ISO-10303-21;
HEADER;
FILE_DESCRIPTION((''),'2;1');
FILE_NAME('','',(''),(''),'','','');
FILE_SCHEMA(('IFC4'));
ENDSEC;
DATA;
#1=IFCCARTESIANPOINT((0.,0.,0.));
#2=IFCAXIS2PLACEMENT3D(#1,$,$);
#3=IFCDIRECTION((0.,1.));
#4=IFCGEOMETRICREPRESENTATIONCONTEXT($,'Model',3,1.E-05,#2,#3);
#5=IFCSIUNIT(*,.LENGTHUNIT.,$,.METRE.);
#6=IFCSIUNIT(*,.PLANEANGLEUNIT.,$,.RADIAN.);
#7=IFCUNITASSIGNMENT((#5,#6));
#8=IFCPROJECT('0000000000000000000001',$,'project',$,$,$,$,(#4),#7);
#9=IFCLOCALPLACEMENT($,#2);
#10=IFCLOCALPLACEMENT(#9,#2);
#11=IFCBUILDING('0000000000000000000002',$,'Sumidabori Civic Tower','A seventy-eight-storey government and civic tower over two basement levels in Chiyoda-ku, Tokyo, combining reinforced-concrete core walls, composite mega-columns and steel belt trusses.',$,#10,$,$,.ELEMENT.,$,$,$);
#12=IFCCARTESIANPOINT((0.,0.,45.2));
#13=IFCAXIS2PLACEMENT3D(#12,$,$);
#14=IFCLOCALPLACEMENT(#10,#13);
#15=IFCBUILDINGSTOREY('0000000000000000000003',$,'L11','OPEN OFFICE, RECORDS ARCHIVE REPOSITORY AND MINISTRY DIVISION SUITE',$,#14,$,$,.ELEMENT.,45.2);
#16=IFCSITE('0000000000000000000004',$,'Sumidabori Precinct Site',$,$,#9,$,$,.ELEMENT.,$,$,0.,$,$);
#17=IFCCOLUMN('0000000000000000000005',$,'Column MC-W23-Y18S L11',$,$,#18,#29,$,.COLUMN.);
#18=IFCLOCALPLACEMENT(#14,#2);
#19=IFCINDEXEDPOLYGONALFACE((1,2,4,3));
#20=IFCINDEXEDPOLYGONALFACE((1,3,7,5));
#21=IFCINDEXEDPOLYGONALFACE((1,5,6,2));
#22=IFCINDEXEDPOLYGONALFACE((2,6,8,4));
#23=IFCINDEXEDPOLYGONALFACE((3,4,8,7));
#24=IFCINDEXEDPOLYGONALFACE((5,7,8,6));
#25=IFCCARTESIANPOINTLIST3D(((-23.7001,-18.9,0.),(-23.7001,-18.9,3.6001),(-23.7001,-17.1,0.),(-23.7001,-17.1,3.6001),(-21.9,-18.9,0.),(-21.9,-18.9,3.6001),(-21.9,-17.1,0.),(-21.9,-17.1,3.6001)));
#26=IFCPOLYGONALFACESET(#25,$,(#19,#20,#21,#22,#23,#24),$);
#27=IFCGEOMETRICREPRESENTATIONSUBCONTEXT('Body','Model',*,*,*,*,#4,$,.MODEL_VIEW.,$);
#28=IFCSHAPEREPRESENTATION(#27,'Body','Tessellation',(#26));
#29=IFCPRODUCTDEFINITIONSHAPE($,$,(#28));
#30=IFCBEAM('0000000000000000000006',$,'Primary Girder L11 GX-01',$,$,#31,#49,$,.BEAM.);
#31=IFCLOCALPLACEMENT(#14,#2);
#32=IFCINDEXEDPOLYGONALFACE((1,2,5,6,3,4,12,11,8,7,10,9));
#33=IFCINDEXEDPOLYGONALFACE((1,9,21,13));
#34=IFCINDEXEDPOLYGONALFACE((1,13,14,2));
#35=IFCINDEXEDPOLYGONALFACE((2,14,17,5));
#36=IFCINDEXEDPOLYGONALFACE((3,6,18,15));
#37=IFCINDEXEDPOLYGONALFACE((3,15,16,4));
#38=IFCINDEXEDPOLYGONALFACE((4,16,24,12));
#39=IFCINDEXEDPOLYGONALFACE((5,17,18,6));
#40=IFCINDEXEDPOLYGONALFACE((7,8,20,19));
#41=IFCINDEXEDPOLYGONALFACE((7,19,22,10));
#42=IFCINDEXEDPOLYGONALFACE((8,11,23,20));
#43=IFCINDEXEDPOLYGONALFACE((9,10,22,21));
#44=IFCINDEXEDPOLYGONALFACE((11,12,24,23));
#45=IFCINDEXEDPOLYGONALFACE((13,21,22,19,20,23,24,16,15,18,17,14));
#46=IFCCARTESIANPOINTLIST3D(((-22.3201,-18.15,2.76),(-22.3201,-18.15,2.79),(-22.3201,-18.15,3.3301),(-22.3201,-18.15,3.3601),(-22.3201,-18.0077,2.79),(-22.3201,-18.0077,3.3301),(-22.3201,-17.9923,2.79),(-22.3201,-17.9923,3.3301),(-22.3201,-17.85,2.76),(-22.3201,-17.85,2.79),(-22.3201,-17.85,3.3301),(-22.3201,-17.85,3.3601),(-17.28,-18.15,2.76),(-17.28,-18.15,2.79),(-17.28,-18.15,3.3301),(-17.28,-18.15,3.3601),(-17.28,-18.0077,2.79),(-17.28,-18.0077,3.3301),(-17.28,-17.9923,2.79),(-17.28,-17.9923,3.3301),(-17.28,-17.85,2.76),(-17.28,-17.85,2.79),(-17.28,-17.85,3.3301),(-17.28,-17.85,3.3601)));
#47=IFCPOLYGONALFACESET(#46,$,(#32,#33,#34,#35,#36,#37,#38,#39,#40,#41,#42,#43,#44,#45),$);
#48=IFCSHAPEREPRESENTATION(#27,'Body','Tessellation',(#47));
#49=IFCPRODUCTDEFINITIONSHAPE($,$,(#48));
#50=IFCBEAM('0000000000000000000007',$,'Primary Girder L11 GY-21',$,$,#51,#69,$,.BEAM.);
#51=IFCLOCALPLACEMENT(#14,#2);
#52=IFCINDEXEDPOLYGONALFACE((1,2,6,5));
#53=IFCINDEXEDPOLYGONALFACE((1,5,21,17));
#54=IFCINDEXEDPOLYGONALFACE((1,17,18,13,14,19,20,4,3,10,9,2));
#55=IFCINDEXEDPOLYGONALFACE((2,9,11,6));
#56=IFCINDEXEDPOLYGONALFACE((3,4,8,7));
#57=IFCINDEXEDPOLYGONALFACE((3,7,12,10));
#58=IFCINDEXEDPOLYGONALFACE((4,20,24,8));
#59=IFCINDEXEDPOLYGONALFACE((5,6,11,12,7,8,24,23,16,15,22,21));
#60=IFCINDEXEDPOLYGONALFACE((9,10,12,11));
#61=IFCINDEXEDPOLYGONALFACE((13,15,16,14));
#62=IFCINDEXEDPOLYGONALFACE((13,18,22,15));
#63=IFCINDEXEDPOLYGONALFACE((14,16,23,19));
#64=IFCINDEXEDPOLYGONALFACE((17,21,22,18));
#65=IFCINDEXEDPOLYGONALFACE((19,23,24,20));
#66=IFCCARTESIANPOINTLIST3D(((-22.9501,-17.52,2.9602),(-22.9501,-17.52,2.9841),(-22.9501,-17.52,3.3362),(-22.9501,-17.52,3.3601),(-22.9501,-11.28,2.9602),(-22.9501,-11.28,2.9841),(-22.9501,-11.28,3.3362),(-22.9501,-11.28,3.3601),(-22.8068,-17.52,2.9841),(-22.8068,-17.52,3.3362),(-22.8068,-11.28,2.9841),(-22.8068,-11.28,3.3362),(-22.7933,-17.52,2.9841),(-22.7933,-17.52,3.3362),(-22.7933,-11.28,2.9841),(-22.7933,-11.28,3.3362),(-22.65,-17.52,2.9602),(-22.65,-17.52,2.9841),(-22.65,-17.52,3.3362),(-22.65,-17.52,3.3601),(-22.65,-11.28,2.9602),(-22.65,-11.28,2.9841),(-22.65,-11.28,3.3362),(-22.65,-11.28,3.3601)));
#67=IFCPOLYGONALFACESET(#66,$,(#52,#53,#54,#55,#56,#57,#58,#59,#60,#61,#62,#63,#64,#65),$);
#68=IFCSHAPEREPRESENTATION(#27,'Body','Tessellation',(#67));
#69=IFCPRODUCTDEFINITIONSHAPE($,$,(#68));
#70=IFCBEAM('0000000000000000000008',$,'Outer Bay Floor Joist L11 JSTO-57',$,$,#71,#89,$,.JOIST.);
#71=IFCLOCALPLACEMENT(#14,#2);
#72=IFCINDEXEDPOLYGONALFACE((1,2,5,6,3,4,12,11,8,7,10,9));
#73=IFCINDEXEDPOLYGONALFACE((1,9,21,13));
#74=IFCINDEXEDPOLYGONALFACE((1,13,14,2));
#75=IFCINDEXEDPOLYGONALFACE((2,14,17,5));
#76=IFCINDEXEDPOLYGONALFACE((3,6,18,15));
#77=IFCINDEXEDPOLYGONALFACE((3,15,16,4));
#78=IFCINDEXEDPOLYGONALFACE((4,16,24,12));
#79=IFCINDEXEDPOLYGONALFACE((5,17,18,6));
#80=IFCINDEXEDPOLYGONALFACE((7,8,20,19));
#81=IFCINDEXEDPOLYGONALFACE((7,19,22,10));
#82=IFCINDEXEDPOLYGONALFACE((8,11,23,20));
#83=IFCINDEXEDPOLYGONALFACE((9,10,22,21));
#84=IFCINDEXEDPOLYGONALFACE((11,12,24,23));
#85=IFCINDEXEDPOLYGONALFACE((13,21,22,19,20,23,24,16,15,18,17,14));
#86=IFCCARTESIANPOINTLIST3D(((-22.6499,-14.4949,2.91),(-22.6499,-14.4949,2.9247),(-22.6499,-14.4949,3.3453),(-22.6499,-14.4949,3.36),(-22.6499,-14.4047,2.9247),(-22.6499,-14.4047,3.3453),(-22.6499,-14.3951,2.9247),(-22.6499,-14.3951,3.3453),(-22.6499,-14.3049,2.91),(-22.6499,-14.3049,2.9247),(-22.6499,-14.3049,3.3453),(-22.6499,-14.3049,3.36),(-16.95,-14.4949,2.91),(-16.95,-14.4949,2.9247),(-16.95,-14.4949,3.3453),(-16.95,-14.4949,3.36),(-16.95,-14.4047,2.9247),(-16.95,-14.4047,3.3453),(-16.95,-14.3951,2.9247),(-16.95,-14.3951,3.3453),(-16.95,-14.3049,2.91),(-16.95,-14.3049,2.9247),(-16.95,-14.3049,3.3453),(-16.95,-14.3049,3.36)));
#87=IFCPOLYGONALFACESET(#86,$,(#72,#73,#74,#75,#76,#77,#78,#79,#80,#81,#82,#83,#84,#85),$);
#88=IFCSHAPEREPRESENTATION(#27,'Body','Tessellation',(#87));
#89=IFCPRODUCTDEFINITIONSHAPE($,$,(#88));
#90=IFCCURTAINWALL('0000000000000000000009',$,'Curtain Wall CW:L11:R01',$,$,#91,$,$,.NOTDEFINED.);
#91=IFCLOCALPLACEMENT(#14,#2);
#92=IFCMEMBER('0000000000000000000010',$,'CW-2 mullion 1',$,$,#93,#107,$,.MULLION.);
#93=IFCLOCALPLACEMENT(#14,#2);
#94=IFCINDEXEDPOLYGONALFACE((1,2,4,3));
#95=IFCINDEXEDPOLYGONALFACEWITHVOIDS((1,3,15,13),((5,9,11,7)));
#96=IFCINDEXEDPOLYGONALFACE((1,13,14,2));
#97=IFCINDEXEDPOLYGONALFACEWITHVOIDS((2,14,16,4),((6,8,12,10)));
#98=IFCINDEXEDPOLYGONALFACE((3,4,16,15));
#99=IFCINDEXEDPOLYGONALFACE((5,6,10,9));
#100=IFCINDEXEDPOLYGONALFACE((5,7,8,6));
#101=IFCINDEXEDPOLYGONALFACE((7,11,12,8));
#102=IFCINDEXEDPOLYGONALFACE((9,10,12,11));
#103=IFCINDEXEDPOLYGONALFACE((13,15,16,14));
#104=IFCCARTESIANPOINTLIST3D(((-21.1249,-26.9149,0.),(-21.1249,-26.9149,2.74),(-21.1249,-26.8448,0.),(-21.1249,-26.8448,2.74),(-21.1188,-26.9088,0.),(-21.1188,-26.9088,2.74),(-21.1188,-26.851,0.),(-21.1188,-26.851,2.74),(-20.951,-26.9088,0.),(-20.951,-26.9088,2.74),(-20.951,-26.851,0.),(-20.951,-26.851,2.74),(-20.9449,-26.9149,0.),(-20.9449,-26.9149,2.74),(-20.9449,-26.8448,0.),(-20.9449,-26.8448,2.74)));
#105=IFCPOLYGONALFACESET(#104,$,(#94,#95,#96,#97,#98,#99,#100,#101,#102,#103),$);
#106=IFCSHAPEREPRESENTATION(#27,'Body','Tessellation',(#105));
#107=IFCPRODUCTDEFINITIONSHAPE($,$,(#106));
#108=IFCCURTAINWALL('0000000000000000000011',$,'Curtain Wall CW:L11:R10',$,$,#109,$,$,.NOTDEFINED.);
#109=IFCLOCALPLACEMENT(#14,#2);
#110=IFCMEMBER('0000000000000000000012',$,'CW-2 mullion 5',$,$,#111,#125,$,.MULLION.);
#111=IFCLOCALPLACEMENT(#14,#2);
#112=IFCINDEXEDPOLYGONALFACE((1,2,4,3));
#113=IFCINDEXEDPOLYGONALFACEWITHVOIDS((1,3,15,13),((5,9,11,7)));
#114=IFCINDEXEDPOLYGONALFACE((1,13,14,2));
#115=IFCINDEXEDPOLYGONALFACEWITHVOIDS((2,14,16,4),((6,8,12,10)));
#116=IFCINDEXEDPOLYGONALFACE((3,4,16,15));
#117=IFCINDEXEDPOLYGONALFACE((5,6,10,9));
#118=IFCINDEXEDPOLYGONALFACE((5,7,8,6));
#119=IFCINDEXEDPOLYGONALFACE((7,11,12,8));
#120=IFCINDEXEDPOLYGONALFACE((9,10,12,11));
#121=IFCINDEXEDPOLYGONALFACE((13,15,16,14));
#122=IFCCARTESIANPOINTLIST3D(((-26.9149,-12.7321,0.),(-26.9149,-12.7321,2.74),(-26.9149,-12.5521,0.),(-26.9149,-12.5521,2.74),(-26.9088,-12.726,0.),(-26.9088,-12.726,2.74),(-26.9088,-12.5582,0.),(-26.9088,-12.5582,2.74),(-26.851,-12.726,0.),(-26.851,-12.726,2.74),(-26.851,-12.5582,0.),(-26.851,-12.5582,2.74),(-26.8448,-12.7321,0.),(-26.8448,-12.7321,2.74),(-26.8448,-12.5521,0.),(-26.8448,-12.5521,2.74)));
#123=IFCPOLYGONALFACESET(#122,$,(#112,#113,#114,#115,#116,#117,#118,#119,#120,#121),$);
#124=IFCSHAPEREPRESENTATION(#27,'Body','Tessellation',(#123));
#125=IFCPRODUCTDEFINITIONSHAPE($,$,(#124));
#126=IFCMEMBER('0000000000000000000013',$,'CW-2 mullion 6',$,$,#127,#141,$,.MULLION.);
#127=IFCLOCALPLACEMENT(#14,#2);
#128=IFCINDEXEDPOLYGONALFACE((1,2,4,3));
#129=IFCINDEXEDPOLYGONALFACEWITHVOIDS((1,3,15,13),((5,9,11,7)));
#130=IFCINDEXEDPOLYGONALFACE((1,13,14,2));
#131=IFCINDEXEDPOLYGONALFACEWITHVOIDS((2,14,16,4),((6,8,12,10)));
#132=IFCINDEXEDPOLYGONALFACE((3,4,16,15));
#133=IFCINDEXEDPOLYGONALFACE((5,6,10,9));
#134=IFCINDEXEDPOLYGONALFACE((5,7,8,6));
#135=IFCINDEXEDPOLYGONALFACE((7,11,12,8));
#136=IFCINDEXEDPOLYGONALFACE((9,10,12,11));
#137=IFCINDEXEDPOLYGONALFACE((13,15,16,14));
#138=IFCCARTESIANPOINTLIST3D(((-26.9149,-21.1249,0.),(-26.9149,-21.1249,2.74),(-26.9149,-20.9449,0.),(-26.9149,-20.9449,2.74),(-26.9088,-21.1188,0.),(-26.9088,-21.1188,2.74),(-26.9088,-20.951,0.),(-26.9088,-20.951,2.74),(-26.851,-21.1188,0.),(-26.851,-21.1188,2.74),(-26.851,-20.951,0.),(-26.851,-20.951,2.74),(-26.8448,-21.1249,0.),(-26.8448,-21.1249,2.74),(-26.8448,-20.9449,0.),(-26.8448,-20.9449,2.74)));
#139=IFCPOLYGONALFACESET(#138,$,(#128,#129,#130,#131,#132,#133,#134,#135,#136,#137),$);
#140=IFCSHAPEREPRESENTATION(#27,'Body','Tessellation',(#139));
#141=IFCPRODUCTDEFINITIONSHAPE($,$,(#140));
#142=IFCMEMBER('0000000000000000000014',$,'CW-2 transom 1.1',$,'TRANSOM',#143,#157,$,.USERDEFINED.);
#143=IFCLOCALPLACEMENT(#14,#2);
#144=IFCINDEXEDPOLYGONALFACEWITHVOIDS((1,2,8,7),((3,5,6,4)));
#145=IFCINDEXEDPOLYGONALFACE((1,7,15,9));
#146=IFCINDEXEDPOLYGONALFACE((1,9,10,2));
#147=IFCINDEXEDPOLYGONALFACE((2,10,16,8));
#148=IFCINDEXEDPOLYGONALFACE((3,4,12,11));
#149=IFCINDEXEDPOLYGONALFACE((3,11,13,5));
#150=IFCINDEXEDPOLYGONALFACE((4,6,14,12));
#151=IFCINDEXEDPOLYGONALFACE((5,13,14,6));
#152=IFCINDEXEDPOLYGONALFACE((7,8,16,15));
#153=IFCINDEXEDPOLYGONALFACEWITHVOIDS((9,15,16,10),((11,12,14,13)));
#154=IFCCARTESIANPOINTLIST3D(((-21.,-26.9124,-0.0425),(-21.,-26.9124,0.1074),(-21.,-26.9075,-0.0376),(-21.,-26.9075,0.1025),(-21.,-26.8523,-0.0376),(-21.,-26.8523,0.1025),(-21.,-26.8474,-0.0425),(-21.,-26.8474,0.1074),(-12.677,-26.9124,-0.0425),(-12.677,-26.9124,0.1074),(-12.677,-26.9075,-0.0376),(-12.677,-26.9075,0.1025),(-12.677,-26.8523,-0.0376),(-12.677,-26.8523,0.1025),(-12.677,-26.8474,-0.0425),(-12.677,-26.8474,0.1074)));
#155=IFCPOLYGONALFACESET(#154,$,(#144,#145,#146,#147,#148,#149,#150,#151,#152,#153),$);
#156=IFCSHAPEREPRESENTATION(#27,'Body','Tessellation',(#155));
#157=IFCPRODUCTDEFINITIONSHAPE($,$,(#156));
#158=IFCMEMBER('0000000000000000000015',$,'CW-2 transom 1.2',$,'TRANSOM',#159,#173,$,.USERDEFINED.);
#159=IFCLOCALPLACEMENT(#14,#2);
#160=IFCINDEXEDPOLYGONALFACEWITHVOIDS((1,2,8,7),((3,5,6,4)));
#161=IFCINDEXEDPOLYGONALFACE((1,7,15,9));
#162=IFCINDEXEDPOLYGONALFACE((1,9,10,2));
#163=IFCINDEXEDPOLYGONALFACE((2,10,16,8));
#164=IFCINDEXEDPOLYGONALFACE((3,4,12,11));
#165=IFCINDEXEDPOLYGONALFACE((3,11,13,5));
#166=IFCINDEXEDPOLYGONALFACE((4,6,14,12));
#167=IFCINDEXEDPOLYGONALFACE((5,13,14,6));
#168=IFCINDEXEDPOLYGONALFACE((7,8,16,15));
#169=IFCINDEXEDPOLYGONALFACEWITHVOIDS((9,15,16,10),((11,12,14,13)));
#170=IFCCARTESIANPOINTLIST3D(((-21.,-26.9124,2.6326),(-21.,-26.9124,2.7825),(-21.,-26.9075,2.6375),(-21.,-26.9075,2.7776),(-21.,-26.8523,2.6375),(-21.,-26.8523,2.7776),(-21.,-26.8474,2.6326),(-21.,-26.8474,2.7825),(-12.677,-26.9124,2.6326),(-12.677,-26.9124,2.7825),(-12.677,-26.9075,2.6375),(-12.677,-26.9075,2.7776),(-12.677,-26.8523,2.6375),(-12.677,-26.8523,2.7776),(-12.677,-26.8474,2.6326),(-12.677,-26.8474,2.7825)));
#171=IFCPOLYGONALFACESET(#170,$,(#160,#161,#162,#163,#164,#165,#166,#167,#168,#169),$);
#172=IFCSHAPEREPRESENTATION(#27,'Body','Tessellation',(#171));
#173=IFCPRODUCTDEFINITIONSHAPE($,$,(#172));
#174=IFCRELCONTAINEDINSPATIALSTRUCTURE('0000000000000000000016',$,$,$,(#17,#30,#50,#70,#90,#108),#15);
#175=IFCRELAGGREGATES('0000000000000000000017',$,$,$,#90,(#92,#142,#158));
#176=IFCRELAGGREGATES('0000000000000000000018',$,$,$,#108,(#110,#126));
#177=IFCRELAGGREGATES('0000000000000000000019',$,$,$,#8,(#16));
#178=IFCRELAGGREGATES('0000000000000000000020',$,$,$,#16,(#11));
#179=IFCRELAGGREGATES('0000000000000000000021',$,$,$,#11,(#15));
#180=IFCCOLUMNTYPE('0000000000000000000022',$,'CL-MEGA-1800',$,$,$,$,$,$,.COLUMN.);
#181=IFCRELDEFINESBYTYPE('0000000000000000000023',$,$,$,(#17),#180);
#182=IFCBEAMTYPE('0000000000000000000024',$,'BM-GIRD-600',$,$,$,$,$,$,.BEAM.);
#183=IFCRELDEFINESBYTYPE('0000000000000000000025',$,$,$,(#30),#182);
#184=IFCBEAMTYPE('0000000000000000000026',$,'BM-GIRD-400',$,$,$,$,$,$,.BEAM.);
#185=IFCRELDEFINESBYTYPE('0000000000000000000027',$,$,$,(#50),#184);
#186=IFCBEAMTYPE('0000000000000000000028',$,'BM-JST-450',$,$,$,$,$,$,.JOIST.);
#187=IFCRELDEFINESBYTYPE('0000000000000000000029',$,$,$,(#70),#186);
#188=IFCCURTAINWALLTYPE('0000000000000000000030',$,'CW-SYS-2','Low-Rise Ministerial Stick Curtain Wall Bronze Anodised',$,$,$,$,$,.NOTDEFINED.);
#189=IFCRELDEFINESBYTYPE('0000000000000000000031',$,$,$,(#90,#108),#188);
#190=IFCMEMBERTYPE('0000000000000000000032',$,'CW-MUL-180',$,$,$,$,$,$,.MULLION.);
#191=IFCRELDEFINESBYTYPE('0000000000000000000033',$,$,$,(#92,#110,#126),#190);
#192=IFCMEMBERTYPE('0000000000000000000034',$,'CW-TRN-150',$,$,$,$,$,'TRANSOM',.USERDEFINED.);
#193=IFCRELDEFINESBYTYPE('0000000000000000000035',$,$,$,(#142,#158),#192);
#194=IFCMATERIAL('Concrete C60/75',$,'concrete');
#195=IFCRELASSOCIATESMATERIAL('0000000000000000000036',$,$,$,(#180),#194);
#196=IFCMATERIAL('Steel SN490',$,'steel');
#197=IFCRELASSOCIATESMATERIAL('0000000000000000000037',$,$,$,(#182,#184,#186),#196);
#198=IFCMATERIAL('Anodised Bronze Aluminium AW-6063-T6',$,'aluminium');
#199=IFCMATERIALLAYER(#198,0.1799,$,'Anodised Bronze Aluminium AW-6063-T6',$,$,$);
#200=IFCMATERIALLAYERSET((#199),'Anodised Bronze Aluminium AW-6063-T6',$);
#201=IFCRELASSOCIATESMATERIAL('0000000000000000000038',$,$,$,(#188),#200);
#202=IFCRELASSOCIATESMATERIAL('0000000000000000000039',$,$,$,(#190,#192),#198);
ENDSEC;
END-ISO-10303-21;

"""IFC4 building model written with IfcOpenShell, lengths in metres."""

from ifc_helpers import new_model, si_unit, direction, frame, origin, origin_2d, place, context, subcontext, project, spatial, rectangle, hollow_rectangle, i_section, extrude, source, transform, mapped, material, layer, layer_set, material_profile, profile_set, type_object, element, aggregate, save


model = new_model("IFC4")

# Units and contexts
model_context = context("Model", 3, precision=1e-05, world=origin(), true_north=direction((0.0, 1.0)))
body_context = subcontext(model_context, "Body", "Model", "MODEL_VIEW")
ifc_project = project(units=[si_unit("LENGTHUNIT", "METRE"), si_unit("PLANEANGLEUNIT", "RADIAN")], contexts=[model_context])

# Site, building, storey
site_placement = place(None, origin())
site = spatial("IfcSite", under=ifc_project, at=site_placement, Name="Sumidabori Precinct Site", CompositionType="ELEMENT", RefElevation=0.0)
building_placement = place(site_placement, origin())
building = spatial("IfcBuilding", under=site, at=building_placement, Name="Sumidabori Civic Tower", Description="A seventy-eight-storey government and civic tower over two basement levels in Chiyoda-ku, Tokyo, combining reinforced-concrete core walls, composite mega-columns and steel belt trusses.", CompositionType="ELEMENT")
storey_placement = place(building_placement, frame((0.0, 0.0, 45.2)))
storey = spatial("IfcBuildingStorey", under=building, at=storey_placement, Name="L11", Description="OPEN OFFICE, RECORDS ARCHIVE REPOSITORY AND MINISTRY DIVISION SUITE", CompositionType="ELEMENT", Elevation=45.2)

# Column
ifc_material_1 = material(Name="Concrete C60/75", Category="concrete")
ifc_material_profile_1 = material_profile(ifc_material_1, rectangle(XDim=1.8, YDim=1.8, at=origin_2d()), Name="RC 1800x1800")
ifc_profile_set_1 = profile_set([ifc_material_profile_1], Name="Concrete C60/75")
column_type = type_object("IfcColumnType", Name="CL-MEGA-1800", PredefinedType="COLUMN", material=ifc_profile_set_1)
shared_shape_1 = source(origin(), body_context, "Body", "SweptSolid", [
    extrude(rectangle(XDim=1.8, YDim=1.8, at=origin_2d()), origin(), (0.0, 0.0, 1.0), 3.6001),
])
column_placement = place(storey_placement, frame((-22.8, -18.0, 0.0), z_axis=(0.0, 0.0, 1.0), x_axis=(1.0, 0.0, 0.0)))
element("IfcColumn", 1, at=column_placement, inside=storey, type_object=column_type, Name="Column MC-W23-Y18S L11", PredefinedType="COLUMN", context=body_context, shape_type="MappedRepresentation", body=[
    mapped(shared_shape_1, transform((0.0, 0.0, 0.0), x_axis=(1.0, 0.0, 0.0), y_axis=(0.0, 1.0, 0.0), z_axis=(0.0, 0.0, 1.0), scale=1.0)),
])

# Beams
ifc_material_2 = material(Name="Steel SN490", Category="steel")
ifc_material_profile_2 = material_profile(ifc_material_2, i_section(OverallWidth=0.3, OverallDepth=0.6001, WebThickness=0.0154, FlangeThickness=0.03, at=origin_2d()), Name="HE 600 B")
ifc_profile_set_2 = profile_set([ifc_material_profile_2], Name="Steel SN490")
beam_type_1 = type_object("IfcBeamType", Name="BM-GIRD-600", PredefinedType="BEAM", material=ifc_profile_set_2)
shared_shape_2 = source(origin(), body_context, "Body", "SweptSolid", [
    extrude(i_section(OverallWidth=0.3, OverallDepth=0.6001, WebThickness=0.0154, FlangeThickness=0.03, at=origin_2d()), origin(), (0.0, 0.0, 1.0), 5.04),
])
beam_1_placement = place(storey_placement, frame((-22.3201, -18.0, 3.0601), z_axis=(1.0, 0.0, 0.0), x_axis=(0.0, 1.0, 0.0)))
element("IfcBeam", 2, at=beam_1_placement, inside=storey, type_object=beam_type_1, Name="Primary Girder L11 GX-01", PredefinedType="BEAM", context=body_context, shape_type="MappedRepresentation", body=[
    mapped(shared_shape_2, transform((0.0, 0.0, 0.0), x_axis=(1.0, 0.0, 0.0), y_axis=(0.0, 1.0, 0.0), z_axis=(0.0, 0.0, 1.0), scale=1.0)),
])
ifc_material_profile_3 = material_profile(ifc_material_2, i_section(OverallWidth=0.3, OverallDepth=0.3999, WebThickness=0.0134, FlangeThickness=0.0239, at=origin_2d()), Name="HE 400 B")
ifc_profile_set_3 = profile_set([ifc_material_profile_3], Name="Steel SN490")
beam_type_2 = type_object("IfcBeamType", Name="BM-GIRD-400", PredefinedType="BEAM", material=ifc_profile_set_3)
shared_shape_3 = source(origin(), body_context, "Body", "SweptSolid", [
    extrude(i_section(OverallWidth=0.3, OverallDepth=0.3999, WebThickness=0.0134, FlangeThickness=0.0239, at=origin_2d()), origin(), (0.0, 0.0, 1.0), 6.24),
])
beam_2_placement = place(storey_placement, frame((-22.8, -17.52, 3.1602), z_axis=(0.0, 1.0, 0.0), x_axis=(-1.0, 0.0, 0.0)))
element("IfcBeam", 3, at=beam_2_placement, inside=storey, type_object=beam_type_2, Name="Primary Girder L11 GY-21", PredefinedType="BEAM", context=body_context, shape_type="MappedRepresentation", body=[
    mapped(shared_shape_3, transform((0.0, 0.0, 0.0), x_axis=(1.0, 0.0, 0.0), y_axis=(0.0, 1.0, 0.0), z_axis=(0.0, 0.0, 1.0), scale=1.0)),
])
ifc_material_profile_4 = material_profile(ifc_material_2, i_section(OverallWidth=0.1899, OverallDepth=0.45, WebThickness=0.0095, FlangeThickness=0.0146, at=origin_2d()), Name="IPE 450")
ifc_profile_set_4 = profile_set([ifc_material_profile_4], Name="Steel SN490")
beam_type_3 = type_object("IfcBeamType", Name="BM-JST-450", PredefinedType="JOIST", material=ifc_profile_set_4)
shared_shape_4 = source(origin(), body_context, "Body", "SweptSolid", [
    extrude(i_section(OverallWidth=0.1899, OverallDepth=0.45, WebThickness=0.0095, FlangeThickness=0.0146, at=origin_2d()), origin(), (0.0, 0.0, 1.0), 5.7),
])
beam_3_placement = place(storey_placement, frame((-22.6499, -14.3999, 3.135), z_axis=(1.0, 0.0, 0.0), x_axis=(0.0, 1.0, 0.0)))
element("IfcBeam", 4, at=beam_3_placement, inside=storey, type_object=beam_type_3, Name="Outer Bay Floor Joist L11 JSTO-57", PredefinedType="JOIST", context=body_context, shape_type="MappedRepresentation", body=[
    mapped(shared_shape_4, transform((0.0, 0.0, 0.0), x_axis=(1.0, 0.0, 0.0), y_axis=(0.0, 1.0, 0.0), z_axis=(0.0, 0.0, 1.0), scale=1.0)),
])

# Curtain wall, member
ifc_material_3 = material(Name="Anodised Bronze Aluminium AW-6063-T6", Category="aluminium")
ifc_layer_1 = layer(ifc_material_3, 0.1799, Name="Anodised Bronze Aluminium AW-6063-T6")
ifc_layer_set_1 = layer_set([ifc_layer_1], Name="Anodised Bronze Aluminium AW-6063-T6")
curtain_wall_type = type_object("IfcCurtainWallType", Name="CW-SYS-2", Description="Low-Rise Ministerial Stick Curtain Wall Bronze Anodised", PredefinedType="NOTDEFINED", material=ifc_layer_set_1)
curtain_wall_1_placement = place(storey_placement, origin())
curtain_wall_1 = element("IfcCurtainWall", 5, at=curtain_wall_1_placement, inside=storey, type_object=curtain_wall_type, Name="Curtain Wall CW:L11:R01", PredefinedType="NOTDEFINED")
ifc_material_profile_5 = material_profile(ifc_material_3, hollow_rectangle(XDim=0.0701, YDim=0.1799, WallThickness=0.0061, at=origin_2d()), Name="ALU MULLION 180x70")
ifc_profile_set_5 = profile_set([ifc_material_profile_5], Name="Anodised Bronze Aluminium AW-6063-T6")
member_type_1 = type_object("IfcMemberType", Name="CW-MUL-180", PredefinedType="MULLION", material=ifc_profile_set_5)
shared_shape_5 = source(origin(), body_context, "Body", "SweptSolid", [
    extrude(hollow_rectangle(XDim=0.0701, YDim=0.1799, WallThickness=0.0061, at=origin_2d()), origin(), (0.0, 0.0, 1.0), 2.74),
])
member_1_placement = place(storey_placement, frame((-21.0349, -26.8799, 0.0), z_axis=(0.0, 0.0, 1.0), x_axis=(0.0, 1.0, 0.0)))
member_1 = element("IfcMember", 6, at=member_1_placement, type_object=member_type_1, Name="CW-2 mullion 1", PredefinedType="MULLION", context=body_context, shape_type="MappedRepresentation", body=[
    mapped(shared_shape_5, transform((0.0, 0.0, 0.0), x_axis=(1.0, 0.0, 0.0), y_axis=(0.0, 1.0, 0.0), z_axis=(0.0, 0.0, 1.0), scale=1.0)),
])

# Curtain wall, members
curtain_wall_2_placement = place(storey_placement, origin())
curtain_wall_2 = element("IfcCurtainWall", 7, at=curtain_wall_2_placement, inside=storey, type_object=curtain_wall_type, Name="Curtain Wall CW:L11:R10", PredefinedType="NOTDEFINED")
member_2_placement = place(storey_placement, frame((-26.8799, -12.6421, 0.0), z_axis=(0.0, 0.0, 1.0), x_axis=(1.0, 0.0, 0.0)))
member_2 = element("IfcMember", 8, at=member_2_placement, type_object=member_type_1, Name="CW-2 mullion 5", PredefinedType="MULLION", context=body_context, shape_type="MappedRepresentation", body=[
    mapped(shared_shape_5, transform((0.0, 0.0, 0.0), x_axis=(1.0, 0.0, 0.0), y_axis=(0.0, 1.0, 0.0), z_axis=(0.0, 0.0, 1.0), scale=1.0)),
])
member_3_placement = place(storey_placement, frame((-26.8799, -21.0349, 0.0), z_axis=(0.0, 0.0, 1.0), x_axis=(1.0, 0.0, 0.0)))
member_3 = element("IfcMember", 9, at=member_3_placement, type_object=member_type_1, Name="CW-2 mullion 6", PredefinedType="MULLION", context=body_context, shape_type="MappedRepresentation", body=[
    mapped(shared_shape_5, transform((0.0, 0.0, 0.0), x_axis=(1.0, 0.0, 0.0), y_axis=(0.0, 1.0, 0.0), z_axis=(0.0, 0.0, 1.0), scale=1.0)),
])

# Members
ifc_material_profile_6 = material_profile(ifc_material_3, hollow_rectangle(XDim=0.0649, YDim=0.1499, WallThickness=0.0049, at=origin_2d()), Name="ALU TRANSOM 150x65")
ifc_profile_set_6 = profile_set([ifc_material_profile_6], Name="Anodised Bronze Aluminium AW-6063-T6")
member_type_2 = type_object("IfcMemberType", Name="CW-TRN-150", ElementType="TRANSOM", PredefinedType="USERDEFINED", material=ifc_profile_set_6)
shared_shape_6 = source(origin(), body_context, "Body", "SweptSolid", [
    extrude(hollow_rectangle(XDim=0.0649, YDim=0.1499, WallThickness=0.0049, at=origin_2d()), origin(), (0.0, 0.0, 1.0), 8.323),
])
member_4_placement = place(storey_placement, frame((-21.0, -26.8799, 0.0325), z_axis=(1.0, 0.0, 0.0), x_axis=(0.0, 1.0, 0.0)))
member_4 = element("IfcMember", 10, at=member_4_placement, type_object=member_type_2, Name="CW-2 transom 1.1", ObjectType="TRANSOM", PredefinedType="USERDEFINED", context=body_context, shape_type="MappedRepresentation", body=[
    mapped(shared_shape_6, transform((0.0, 0.0, 0.0), x_axis=(1.0, 0.0, 0.0), y_axis=(0.0, 1.0, 0.0), z_axis=(0.0, 0.0, 1.0), scale=1.0)),
])
member_5_placement = place(storey_placement, frame((-21.0, -26.8799, 2.7075), z_axis=(1.0, 0.0, 0.0), x_axis=(0.0, 1.0, 0.0)))
member_5 = element("IfcMember", 11, at=member_5_placement, type_object=member_type_2, Name="CW-2 transom 1.2", ObjectType="TRANSOM", PredefinedType="USERDEFINED", context=body_context, shape_type="MappedRepresentation", body=[
    mapped(shared_shape_6, transform((0.0, 0.0, 0.0), x_axis=(1.0, 0.0, 0.0), y_axis=(0.0, 1.0, 0.0), z_axis=(0.0, 0.0, 1.0), scale=1.0)),
])
aggregate(curtain_wall_1, [member_1, member_4, member_5])

aggregate(curtain_wall_2, [member_2, member_3])

save(model, "model.ifc")
